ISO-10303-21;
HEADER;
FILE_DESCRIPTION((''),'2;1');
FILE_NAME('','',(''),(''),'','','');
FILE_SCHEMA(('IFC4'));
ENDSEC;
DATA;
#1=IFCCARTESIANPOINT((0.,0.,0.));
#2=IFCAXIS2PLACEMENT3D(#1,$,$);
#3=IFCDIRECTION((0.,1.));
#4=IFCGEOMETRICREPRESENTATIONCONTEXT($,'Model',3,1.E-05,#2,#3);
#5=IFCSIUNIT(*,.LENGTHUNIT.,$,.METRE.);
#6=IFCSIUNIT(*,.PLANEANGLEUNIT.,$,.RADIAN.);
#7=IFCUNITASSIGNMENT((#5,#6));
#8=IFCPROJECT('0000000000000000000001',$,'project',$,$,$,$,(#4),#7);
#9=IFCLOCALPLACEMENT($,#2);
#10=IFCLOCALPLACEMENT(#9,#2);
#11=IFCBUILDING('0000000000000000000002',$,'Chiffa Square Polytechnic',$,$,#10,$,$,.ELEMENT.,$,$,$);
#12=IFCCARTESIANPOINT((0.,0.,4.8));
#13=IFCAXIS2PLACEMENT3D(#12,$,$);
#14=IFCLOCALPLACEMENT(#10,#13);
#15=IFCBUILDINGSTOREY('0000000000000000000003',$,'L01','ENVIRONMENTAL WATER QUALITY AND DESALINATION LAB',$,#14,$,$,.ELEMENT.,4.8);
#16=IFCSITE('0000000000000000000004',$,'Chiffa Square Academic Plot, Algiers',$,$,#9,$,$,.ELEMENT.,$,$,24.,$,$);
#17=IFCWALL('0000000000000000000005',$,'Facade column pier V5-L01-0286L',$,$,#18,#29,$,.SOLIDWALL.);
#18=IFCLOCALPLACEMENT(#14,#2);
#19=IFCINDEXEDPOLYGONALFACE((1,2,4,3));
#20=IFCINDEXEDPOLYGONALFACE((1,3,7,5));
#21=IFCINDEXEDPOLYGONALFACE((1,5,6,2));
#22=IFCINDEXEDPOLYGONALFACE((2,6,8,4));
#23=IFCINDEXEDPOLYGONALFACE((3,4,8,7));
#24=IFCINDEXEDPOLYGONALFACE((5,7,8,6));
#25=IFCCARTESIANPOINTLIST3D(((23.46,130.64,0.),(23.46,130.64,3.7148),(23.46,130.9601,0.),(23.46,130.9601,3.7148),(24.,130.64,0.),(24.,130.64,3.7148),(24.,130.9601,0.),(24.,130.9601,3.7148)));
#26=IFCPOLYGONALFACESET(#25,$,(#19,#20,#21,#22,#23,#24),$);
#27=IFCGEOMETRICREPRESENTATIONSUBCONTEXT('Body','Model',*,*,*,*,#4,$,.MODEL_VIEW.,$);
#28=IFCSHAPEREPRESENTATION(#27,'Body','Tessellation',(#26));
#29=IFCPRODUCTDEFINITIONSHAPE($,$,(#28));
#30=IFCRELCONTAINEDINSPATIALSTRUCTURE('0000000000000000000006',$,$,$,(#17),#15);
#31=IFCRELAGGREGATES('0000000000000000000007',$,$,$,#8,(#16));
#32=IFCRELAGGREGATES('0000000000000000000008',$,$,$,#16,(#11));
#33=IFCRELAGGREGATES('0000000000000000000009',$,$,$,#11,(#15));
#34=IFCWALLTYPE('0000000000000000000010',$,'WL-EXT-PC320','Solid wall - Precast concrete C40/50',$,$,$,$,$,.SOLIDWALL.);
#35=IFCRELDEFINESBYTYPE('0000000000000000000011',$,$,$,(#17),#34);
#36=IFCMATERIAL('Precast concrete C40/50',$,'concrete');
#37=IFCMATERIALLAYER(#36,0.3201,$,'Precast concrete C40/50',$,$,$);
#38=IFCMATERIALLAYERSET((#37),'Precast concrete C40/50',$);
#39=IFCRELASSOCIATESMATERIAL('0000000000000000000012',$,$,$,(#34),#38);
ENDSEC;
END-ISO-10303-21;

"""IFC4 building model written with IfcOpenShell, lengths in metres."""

from ifc_helpers import new_model, si_unit, direction, frame, frame_2d, origin, place, context, subcontext, project, spatial, rectangle, extrude, material, layer, layer_set, type_object, element, save


model = new_model("IFC4")

# Units and contexts
model_context = context("Model", 3, precision=1e-05, world=origin(), true_north=direction((0.0, 1.0)))
body_context = subcontext(model_context, "Body", "Model", "MODEL_VIEW")
ifc_project = project(units=[si_unit("LENGTHUNIT", "METRE"), si_unit("PLANEANGLEUNIT", "RADIAN")], contexts=[model_context])

# Site, building, storey
site_placement = place(None, origin())
site = spatial("IfcSite", under=ifc_project, at=site_placement, Name="Chiffa Square Academic Plot, Algiers", CompositionType="ELEMENT", RefElevation=24.0)
building_placement = place(site_placement, origin())
building = spatial("IfcBuilding", under=site, at=building_placement, Name="Chiffa Square Polytechnic", CompositionType="ELEMENT")
storey_placement = place(building_placement, frame((0.0, 0.0, 4.8)))
storey = spatial("IfcBuildingStorey", under=building, at=storey_placement, Name="L01", Description="ENVIRONMENTAL WATER QUALITY AND DESALINATION LAB", CompositionType="ELEMENT", Elevation=4.8)

# Wall
ifc_material_1 = material(Name="Precast concrete C40/50", Category="concrete")
ifc_layer_1 = layer(ifc_material_1, 0.3201, Name="Precast concrete C40/50")
ifc_layer_set_1 = layer_set([ifc_layer_1], Name="Precast concrete C40/50")
wall_type = type_object("IfcWallType", Name="WL-EXT-PC320", Description="Solid wall - Precast concrete C40/50", PredefinedType="SOLIDWALL", material=ifc_layer_set_1)
wall_placement = place(storey_placement, frame((24.0, 130.8, 0.0), z_axis=(0.0, 0.0, 1.0), x_axis=(-1.0, 0.0, 0.0)))
element("IfcWall", 1, at=wall_placement, inside=storey, type_object=wall_type, Name="Facade column pier V5-L01-0286L", PredefinedType="SOLIDWALL", context=body_context, shape_type="SweptSolid", body=[
    extrude(rectangle(XDim=0.54, YDim=0.3201, at=frame_2d((0.27, 0.0))), origin(), (0.0, 0.0, 1.0), 3.7148),
])

save(model, "model.ifc")
